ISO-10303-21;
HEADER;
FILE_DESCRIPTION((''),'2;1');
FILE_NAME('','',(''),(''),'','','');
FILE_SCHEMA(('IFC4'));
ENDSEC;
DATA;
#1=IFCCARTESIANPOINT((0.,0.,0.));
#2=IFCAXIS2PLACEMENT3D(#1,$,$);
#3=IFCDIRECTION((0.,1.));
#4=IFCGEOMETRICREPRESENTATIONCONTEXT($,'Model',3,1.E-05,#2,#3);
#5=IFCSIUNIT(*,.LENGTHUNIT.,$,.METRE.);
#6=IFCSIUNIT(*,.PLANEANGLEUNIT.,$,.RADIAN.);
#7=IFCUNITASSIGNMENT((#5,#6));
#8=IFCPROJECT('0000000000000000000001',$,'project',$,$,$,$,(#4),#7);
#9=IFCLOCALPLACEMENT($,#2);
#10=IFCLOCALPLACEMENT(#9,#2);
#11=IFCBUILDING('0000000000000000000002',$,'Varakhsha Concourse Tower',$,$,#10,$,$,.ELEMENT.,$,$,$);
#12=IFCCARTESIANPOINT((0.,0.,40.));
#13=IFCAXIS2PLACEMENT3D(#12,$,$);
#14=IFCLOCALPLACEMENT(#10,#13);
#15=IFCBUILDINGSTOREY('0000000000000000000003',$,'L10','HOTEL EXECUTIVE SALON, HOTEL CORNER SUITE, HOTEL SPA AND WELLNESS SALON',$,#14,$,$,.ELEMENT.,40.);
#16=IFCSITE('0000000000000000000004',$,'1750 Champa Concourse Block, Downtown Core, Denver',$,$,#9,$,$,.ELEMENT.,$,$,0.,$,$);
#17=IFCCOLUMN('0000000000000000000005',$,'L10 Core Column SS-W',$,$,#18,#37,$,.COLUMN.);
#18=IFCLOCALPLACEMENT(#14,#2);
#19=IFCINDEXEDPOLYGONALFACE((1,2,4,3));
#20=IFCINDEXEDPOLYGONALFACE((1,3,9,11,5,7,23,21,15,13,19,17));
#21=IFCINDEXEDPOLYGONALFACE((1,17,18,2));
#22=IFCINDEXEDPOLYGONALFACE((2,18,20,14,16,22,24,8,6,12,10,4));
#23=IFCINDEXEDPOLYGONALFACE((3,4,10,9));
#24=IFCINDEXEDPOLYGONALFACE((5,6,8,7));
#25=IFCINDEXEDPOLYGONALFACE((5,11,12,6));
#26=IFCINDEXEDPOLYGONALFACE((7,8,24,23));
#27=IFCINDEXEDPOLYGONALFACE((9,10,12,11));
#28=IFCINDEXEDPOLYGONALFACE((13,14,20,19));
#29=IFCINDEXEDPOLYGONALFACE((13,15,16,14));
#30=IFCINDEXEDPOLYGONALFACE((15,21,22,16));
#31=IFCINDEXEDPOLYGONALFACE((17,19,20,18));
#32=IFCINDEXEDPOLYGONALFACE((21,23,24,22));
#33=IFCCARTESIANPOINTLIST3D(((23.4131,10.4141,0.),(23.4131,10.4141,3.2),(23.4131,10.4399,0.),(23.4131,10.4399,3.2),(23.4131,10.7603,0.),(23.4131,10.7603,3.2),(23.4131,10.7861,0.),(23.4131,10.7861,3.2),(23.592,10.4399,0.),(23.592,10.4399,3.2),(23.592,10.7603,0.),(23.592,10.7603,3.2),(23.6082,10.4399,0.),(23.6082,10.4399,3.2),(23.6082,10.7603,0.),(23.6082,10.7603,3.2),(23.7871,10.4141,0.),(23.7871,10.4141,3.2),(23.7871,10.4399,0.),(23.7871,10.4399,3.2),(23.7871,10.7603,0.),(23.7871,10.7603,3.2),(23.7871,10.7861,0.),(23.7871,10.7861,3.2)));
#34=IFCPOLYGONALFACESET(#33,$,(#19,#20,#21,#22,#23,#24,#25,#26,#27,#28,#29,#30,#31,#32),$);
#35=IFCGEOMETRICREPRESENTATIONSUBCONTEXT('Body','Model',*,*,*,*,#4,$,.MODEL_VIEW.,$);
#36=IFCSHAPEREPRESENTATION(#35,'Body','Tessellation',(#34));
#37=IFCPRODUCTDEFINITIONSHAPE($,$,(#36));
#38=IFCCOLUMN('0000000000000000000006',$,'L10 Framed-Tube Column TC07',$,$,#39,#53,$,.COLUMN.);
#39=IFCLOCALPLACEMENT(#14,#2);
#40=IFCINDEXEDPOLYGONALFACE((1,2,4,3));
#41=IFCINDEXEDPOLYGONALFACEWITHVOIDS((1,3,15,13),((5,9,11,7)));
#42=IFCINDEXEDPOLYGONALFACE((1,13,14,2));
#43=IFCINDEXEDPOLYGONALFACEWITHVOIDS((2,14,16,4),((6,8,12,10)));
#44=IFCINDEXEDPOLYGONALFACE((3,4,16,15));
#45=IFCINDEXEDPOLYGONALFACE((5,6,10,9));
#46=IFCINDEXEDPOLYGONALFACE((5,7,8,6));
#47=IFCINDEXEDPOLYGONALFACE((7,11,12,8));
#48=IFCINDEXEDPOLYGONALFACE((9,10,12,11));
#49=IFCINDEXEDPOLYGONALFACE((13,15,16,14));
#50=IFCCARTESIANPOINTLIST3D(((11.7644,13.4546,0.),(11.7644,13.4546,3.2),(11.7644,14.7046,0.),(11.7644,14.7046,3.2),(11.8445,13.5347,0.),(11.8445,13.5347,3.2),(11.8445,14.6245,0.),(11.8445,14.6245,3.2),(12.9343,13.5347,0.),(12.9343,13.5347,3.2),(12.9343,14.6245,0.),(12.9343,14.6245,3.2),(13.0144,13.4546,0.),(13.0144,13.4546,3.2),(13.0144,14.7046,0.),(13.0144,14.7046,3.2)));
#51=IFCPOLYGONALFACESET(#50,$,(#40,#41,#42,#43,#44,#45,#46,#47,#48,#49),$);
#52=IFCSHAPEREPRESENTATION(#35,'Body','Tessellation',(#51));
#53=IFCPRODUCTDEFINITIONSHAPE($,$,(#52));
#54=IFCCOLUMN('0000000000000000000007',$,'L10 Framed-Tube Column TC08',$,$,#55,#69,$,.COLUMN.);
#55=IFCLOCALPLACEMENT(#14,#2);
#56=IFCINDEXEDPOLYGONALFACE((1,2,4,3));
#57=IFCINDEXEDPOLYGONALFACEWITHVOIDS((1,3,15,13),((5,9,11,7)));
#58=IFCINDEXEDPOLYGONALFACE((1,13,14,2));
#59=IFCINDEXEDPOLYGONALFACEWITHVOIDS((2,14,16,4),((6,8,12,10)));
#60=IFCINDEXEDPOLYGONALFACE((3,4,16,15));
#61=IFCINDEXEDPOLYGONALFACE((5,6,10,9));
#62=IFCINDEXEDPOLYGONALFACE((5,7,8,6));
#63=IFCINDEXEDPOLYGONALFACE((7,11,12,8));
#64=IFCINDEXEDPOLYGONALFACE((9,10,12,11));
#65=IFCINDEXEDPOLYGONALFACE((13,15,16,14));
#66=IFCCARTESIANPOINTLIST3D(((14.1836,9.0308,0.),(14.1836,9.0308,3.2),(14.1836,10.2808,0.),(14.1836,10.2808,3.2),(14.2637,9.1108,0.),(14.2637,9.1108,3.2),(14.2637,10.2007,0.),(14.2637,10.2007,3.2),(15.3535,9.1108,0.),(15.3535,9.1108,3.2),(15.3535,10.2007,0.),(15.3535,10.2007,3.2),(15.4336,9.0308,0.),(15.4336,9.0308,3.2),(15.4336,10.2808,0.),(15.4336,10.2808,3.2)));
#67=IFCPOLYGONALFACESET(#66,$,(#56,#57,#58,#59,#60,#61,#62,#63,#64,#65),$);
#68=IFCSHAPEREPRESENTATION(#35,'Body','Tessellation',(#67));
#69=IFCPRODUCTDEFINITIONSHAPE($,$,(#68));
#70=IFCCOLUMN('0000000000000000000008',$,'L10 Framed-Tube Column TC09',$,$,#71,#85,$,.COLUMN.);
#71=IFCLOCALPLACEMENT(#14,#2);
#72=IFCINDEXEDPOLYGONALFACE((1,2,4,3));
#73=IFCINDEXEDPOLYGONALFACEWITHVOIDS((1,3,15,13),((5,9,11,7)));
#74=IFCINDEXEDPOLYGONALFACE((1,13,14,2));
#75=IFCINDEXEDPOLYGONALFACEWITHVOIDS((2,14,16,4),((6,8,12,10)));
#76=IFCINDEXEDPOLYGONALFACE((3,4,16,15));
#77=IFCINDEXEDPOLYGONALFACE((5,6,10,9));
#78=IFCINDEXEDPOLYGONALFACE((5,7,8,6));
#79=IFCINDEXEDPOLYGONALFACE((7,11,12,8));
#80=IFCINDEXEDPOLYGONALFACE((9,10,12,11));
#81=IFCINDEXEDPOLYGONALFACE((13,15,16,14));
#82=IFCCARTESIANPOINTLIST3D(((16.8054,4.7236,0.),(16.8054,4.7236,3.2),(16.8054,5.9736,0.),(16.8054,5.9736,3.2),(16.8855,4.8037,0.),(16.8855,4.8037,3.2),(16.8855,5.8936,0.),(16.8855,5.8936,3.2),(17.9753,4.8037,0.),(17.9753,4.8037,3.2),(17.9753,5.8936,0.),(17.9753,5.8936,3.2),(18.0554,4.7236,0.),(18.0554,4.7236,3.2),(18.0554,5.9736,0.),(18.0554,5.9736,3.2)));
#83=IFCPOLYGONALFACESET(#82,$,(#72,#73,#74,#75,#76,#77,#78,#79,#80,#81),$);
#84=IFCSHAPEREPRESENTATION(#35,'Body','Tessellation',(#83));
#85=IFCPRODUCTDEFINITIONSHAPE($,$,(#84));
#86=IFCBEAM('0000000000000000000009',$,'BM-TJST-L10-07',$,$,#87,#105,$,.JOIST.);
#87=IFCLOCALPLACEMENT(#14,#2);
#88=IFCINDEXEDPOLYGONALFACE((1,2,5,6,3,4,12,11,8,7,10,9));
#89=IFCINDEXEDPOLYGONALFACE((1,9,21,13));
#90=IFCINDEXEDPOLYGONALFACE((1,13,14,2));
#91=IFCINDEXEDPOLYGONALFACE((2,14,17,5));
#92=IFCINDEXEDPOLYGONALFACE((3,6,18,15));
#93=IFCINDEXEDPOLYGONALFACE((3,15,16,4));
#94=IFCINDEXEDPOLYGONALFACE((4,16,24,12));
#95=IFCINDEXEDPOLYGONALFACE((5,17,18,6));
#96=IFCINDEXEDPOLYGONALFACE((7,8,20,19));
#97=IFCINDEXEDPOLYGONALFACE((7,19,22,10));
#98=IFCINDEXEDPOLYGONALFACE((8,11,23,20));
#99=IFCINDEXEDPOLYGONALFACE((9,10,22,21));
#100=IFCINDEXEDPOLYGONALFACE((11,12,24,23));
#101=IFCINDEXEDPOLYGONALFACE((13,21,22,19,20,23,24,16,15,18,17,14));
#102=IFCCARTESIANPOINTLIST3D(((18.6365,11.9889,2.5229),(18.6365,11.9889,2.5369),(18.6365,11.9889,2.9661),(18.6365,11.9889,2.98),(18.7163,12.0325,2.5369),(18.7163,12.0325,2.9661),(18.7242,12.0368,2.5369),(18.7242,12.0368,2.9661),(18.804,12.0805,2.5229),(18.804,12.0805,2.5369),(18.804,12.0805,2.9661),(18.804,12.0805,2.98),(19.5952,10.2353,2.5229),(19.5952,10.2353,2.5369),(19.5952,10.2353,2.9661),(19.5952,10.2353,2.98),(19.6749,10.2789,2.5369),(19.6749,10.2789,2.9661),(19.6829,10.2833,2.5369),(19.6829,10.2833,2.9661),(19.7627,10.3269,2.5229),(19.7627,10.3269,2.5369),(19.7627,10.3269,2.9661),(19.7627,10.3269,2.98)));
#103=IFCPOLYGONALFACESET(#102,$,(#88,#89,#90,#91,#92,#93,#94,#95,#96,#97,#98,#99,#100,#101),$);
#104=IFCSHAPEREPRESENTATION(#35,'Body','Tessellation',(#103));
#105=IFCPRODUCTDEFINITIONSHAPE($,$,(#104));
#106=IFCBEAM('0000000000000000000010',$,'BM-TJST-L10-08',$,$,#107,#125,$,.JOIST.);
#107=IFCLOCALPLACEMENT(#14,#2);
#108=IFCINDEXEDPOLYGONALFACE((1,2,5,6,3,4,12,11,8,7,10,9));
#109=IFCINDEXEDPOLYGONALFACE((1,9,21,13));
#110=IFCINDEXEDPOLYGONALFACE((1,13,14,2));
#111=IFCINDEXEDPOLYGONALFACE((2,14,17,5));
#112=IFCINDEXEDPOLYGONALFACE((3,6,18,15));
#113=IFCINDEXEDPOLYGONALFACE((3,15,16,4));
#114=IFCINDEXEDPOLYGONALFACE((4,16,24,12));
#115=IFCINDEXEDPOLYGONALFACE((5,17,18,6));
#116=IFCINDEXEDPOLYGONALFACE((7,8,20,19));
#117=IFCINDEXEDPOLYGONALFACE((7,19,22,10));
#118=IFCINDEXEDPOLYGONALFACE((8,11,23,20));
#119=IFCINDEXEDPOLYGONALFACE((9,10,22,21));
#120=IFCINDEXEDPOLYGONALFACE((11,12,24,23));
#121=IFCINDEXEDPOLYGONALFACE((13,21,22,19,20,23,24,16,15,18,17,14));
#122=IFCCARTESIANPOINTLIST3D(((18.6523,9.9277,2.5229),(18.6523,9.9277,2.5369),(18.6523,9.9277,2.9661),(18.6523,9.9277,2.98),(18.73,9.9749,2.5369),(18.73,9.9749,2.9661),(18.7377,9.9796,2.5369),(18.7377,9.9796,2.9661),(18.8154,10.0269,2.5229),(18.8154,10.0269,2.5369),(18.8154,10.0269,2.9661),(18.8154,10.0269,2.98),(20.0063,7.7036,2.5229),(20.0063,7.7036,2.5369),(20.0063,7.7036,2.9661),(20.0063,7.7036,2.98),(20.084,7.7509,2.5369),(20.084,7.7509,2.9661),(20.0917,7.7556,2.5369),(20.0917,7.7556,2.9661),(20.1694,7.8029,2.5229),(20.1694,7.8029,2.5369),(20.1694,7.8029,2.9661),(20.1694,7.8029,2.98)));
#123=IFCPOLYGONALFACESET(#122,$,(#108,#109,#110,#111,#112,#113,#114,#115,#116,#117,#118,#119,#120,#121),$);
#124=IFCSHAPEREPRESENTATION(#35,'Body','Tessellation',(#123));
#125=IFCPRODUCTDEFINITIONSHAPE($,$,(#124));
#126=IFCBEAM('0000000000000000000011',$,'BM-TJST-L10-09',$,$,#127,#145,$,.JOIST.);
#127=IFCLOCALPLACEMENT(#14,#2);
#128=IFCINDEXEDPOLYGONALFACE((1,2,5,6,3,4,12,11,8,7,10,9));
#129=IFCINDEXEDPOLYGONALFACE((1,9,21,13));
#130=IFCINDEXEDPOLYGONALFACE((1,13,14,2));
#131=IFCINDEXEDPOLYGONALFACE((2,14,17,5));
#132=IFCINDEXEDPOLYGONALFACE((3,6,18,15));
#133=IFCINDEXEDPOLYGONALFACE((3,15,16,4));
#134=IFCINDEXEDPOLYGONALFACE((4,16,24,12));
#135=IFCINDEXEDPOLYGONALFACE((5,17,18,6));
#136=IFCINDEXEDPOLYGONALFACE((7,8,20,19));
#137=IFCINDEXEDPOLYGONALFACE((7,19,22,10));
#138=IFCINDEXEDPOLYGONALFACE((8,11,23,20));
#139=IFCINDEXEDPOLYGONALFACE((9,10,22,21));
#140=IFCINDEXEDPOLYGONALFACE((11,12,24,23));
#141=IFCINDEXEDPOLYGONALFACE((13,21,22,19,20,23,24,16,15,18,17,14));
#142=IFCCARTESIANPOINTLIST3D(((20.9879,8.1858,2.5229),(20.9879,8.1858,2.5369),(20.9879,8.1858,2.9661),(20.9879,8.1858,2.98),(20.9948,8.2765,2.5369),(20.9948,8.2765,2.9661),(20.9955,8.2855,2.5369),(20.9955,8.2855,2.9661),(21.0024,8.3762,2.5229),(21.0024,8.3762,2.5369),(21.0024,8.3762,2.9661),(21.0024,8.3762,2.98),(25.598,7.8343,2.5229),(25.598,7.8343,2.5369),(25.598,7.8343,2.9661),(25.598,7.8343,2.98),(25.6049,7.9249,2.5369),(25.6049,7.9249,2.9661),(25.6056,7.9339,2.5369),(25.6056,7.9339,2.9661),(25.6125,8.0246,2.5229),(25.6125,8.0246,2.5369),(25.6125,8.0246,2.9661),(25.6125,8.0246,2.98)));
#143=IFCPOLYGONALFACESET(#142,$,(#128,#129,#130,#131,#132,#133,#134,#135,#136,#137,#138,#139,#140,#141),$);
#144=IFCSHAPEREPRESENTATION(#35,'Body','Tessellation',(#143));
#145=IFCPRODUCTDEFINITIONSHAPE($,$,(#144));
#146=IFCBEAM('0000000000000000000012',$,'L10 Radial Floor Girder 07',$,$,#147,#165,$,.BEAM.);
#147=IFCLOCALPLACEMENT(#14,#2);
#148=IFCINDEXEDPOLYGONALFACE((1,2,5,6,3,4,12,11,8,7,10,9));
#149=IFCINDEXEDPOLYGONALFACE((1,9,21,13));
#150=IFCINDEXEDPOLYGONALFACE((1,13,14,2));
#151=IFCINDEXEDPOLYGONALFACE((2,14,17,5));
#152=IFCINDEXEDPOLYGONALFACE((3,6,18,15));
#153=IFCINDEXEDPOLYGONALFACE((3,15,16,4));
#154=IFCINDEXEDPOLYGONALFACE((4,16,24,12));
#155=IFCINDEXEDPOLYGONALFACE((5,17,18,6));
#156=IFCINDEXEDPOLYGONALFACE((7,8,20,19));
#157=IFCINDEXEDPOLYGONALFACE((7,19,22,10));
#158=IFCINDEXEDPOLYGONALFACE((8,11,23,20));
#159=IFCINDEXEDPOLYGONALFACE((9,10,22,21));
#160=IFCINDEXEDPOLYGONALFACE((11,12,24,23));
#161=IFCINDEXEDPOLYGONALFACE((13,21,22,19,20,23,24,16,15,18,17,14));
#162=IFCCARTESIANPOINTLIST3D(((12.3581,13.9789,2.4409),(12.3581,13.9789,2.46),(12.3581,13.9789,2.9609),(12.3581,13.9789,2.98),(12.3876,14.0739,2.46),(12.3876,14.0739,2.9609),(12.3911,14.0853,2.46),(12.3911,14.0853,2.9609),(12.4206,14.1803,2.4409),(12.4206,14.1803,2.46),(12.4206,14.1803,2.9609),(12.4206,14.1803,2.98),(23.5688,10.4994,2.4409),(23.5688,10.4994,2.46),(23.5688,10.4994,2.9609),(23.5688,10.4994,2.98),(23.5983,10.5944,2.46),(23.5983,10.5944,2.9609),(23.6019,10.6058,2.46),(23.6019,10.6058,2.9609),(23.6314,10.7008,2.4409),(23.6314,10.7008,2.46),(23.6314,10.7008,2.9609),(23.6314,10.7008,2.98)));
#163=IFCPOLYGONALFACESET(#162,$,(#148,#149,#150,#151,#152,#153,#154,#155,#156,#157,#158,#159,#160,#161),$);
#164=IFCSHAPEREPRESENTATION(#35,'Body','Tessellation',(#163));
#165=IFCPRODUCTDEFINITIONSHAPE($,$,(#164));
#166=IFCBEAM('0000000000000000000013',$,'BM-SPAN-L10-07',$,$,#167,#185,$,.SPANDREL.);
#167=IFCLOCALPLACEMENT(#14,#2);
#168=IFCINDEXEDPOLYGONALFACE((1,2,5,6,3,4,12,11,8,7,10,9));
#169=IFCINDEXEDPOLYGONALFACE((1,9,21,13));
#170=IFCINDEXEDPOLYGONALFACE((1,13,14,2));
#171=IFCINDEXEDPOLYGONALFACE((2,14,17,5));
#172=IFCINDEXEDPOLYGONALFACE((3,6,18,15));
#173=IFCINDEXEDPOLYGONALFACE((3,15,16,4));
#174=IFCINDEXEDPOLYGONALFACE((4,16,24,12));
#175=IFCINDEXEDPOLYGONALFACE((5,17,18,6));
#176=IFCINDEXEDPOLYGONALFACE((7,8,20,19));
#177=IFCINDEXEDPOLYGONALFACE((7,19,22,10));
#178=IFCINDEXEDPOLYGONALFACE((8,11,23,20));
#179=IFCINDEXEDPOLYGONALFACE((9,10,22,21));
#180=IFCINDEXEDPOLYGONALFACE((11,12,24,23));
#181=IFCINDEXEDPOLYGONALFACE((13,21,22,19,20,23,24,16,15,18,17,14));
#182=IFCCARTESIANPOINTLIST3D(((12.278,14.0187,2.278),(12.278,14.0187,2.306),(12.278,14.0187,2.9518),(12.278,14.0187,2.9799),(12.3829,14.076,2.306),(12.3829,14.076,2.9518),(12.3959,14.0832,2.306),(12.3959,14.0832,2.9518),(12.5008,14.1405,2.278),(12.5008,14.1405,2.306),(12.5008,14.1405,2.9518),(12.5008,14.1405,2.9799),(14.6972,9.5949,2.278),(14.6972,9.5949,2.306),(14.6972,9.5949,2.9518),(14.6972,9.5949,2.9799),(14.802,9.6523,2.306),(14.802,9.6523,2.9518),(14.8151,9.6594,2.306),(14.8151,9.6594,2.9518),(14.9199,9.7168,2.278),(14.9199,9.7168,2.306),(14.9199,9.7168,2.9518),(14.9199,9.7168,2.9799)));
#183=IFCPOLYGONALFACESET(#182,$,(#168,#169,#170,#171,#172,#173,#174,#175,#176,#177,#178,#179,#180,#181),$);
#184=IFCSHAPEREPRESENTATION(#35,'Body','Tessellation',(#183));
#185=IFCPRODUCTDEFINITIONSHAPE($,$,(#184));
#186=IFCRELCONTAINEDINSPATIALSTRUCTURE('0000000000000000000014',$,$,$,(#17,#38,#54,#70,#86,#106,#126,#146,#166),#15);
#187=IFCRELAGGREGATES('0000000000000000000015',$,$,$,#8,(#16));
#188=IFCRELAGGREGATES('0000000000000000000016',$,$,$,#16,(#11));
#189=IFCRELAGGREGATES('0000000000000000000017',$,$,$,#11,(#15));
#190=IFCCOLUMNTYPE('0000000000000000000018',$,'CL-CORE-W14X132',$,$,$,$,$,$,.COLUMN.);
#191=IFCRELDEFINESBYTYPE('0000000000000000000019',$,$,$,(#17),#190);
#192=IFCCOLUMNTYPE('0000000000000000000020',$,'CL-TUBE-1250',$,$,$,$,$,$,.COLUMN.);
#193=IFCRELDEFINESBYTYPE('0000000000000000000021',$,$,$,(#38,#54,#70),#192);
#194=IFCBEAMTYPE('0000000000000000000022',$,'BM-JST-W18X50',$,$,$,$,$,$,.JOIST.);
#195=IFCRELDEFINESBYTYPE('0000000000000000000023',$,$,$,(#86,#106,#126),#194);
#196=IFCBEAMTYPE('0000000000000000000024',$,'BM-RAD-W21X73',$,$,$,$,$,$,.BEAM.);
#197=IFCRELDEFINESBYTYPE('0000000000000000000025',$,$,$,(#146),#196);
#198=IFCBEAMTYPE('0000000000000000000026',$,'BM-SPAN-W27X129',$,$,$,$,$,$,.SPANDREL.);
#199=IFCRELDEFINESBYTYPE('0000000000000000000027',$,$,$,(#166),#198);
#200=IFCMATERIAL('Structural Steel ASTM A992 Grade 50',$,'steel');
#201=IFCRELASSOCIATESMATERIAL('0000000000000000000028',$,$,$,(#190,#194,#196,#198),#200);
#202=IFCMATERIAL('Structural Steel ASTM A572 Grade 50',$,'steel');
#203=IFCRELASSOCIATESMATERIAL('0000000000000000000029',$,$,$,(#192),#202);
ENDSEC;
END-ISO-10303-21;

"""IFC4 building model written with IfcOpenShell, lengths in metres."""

from ifc_helpers import new_model, si_unit, direction, frame, origin, origin_2d, place, context, subcontext, project, spatial, hollow_rectangle, i_section, extrude, material, material_profile, profile_set, type_object, element, save


model = new_model("IFC4")

# Units and contexts
model_context = context("Model", 3, precision=1e-05, world=origin(), true_north=direction((0.0, 1.0)))
body_context = subcontext(model_context, "Body", "Model", "MODEL_VIEW")
ifc_project = project(units=[si_unit("LENGTHUNIT", "METRE"), si_unit("PLANEANGLEUNIT", "RADIAN")], contexts=[model_context])

# Site, building, storey
site_placement = place(None, origin())
site = spatial("IfcSite", under=ifc_project, at=site_placement, Name="1750 Champa Concourse Block, Downtown Core, Denver", CompositionType="ELEMENT", RefElevation=0.0)
building_placement = place(site_placement, origin())
building = spatial("IfcBuilding", under=site, at=building_placement, Name="Varakhsha Concourse Tower", CompositionType="ELEMENT")
storey_placement = place(building_placement, frame((0.0, 0.0, 40.0)))
storey = spatial("IfcBuildingStorey", under=building, at=storey_placement, Name="L10", Description="HOTEL EXECUTIVE SALON, HOTEL CORNER SUITE, HOTEL SPA AND WELLNESS SALON", CompositionType="ELEMENT", Elevation=40.0)

# Columns
ifc_material_1 = material(Name="Structural Steel ASTM A992 Grade 50", Category="steel")
ifc_material_profile_1 = material_profile(ifc_material_1, i_section(OverallWidth=0.374, OverallDepth=0.3721, WebThickness=0.0161, FlangeThickness=0.0259, at=origin_2d()), Name="W14X132")
ifc_profile_set_1 = profile_set([ifc_material_profile_1], Name="Structural Steel ASTM A992 Grade 50")
column_type_1 = type_object("IfcColumnType", Name="CL-CORE-W14X132", PredefinedType="COLUMN", material=ifc_profile_set_1)
column_placement = place(storey_placement, frame((23.6001, 10.6001, 0.0), z_axis=(0.0, 0.0, 1.0), x_axis=(1.0, 0.0, 0.0)))
element("IfcColumn", 1, at=column_placement, inside=storey, type_object=column_type_1, Name="L10 Core Column SS-W", PredefinedType="COLUMN", context=body_context, shape_type="SweptSolid", body=[
    extrude(i_section(OverallWidth=0.374, OverallDepth=0.3721, WebThickness=0.0161, FlangeThickness=0.0259, at=origin_2d()), origin(), (0.0, 0.0, 1.0), 3.2),
])
ifc_material_2 = material(Name="Structural Steel ASTM A572 Grade 50", Category="steel")
ifc_material_profile_2 = material_profile(ifc_material_2, hollow_rectangle(XDim=1.25, YDim=1.25, WallThickness=0.0801, at=origin_2d()), Name="BOX 1250x1250x80")
ifc_profile_set_2 = profile_set([ifc_material_profile_2], Name="Structural Steel ASTM A572 Grade 50")
column_type_2 = type_object("IfcColumnType", Name="CL-TUBE-1250", PredefinedType="COLUMN", material=ifc_profile_set_2)
for number, where, z_axis, x_axis, name in (
    (2, (12.3894, 14.0796, 0.0), (0.0, 0.0, 1.0), (1.0, 0.0, 0.0), "L10 Framed-Tube Column TC07"),
    (3, (14.8086, 9.6558, 0.0), (0.0, 0.0, 1.0), (1.0, 0.0, 0.0), "L10 Framed-Tube Column TC08"),
    (4, (17.4304, 5.3486, 0.0), (0.0, 0.0, 1.0), (1.0, 0.0, 0.0), "L10 Framed-Tube Column TC09"),
):
    element("IfcColumn", number, at=place(storey_placement, frame(where, z_axis=z_axis, x_axis=x_axis)), inside=storey, type_object=column_type_2, Name=name, PredefinedType="COLUMN", context=body_context, shape_type="SweptSolid", body=[
        extrude(hollow_rectangle(XDim=1.25, YDim=1.25, WallThickness=0.0801, at=origin_2d()), origin(), (0.0, 0.0, 1.0), 3.2),
    ])

# Beams
ifc_material_profile_3 = material_profile(ifc_material_1, i_section(OverallWidth=0.1909, OverallDepth=0.457, WebThickness=0.009, FlangeThickness=0.0139, at=origin_2d()), Name="W18X50")
ifc_profile_set_3 = profile_set([ifc_material_profile_3], Name="Structural Steel ASTM A992 Grade 50")
beam_type_1 = type_object("IfcBeamType", Name="BM-JST-W18X50", PredefinedType="JOIST", material=ifc_profile_set_3)
beam_1_placement = place(storey_placement, frame((18.7202, 12.0347, 2.7515), z_axis=(0.479699, -0.877433, 0.0), x_axis=(0.877433, 0.479699, 0.0)))
element("IfcBeam", 5, at=beam_1_placement, inside=storey, type_object=beam_type_1, Name="BM-TJST-L10-07", PredefinedType="JOIST", context=body_context, shape_type="SweptSolid", body=[
    extrude(i_section(OverallWidth=0.1909, OverallDepth=0.457, WebThickness=0.009, FlangeThickness=0.0139, at=origin_2d()), origin(), (0.0, 0.0, 1.0), 1.9985),
])
beam_2_placement = place(storey_placement, frame((18.7339, 9.9773, 2.7515), z_axis=(0.52, -0.854166, 0.0), x_axis=(0.854166, 0.52, 0.0)))
element("IfcBeam", 6, at=beam_2_placement, inside=storey, type_object=beam_type_1, Name="BM-TJST-L10-08", PredefinedType="JOIST", context=body_context, shape_type="SweptSolid", body=[
    extrude(i_section(OverallWidth=0.1909, OverallDepth=0.457, WebThickness=0.009, FlangeThickness=0.0139, at=origin_2d()), origin(), (0.0, 0.0, 1.0), 2.6038),
])
beam_3_placement = place(storey_placement, frame((20.9951, 8.281, 2.7515), z_axis=(0.997105, -0.076038, 0.0), x_axis=(0.076038, 0.997105, 0.0)))
element("IfcBeam", 7, at=beam_3_placement, inside=storey, type_object=beam_type_1, Name="BM-TJST-L10-09", PredefinedType="JOIST", context=body_context, shape_type="SweptSolid", body=[
    extrude(i_section(OverallWidth=0.1909, OverallDepth=0.457, WebThickness=0.009, FlangeThickness=0.0139, at=origin_2d()), origin(), (0.0, 0.0, 1.0), 4.6235),
])
ifc_material_profile_4 = material_profile(ifc_material_1, i_section(OverallWidth=0.2109, OverallDepth=0.5391, WebThickness=0.012, FlangeThickness=0.019, at=origin_2d()), Name="W21X73")
ifc_profile_set_4 = profile_set([ifc_material_profile_4], Name="Structural Steel ASTM A992 Grade 50")
beam_type_2 = type_object("IfcBeamType", Name="BM-RAD-W21X73", PredefinedType="BEAM", material=ifc_profile_set_4)
beam_4_placement = place(storey_placement, frame((23.6001, 10.6001, 2.7104), z_axis=(-0.955057, 0.296423, 0.0), x_axis=(-0.296423, -0.955057, 0.0)))
element("IfcBeam", 8, at=beam_4_placement, inside=storey, type_object=beam_type_2, Name="L10 Radial Floor Girder 07", PredefinedType="BEAM", context=body_context, shape_type="SweptSolid", body=[
    extrude(i_section(OverallWidth=0.2109, OverallDepth=0.5391, WebThickness=0.012, FlangeThickness=0.019, at=origin_2d()), origin(), (0.0, 0.0, 1.0), 11.7383),
])
ifc_material_profile_5 = material_profile(ifc_material_1, i_section(OverallWidth=0.2539, OverallDepth=0.7019, WebThickness=0.0149, FlangeThickness=0.0281, at=origin_2d()), Name="W27X129")
ifc_profile_set_5 = profile_set([ifc_material_profile_5], Name="Structural Steel ASTM A992 Grade 50")
beam_type_3 = type_object("IfcBeamType", Name="BM-SPAN-W27X129", PredefinedType="SPANDREL", material=ifc_profile_set_5)
beam_5_placement = place(storey_placement, frame((12.3894, 14.0796, 2.6289), z_axis=(0.479798, -0.877379, 0.0), x_axis=(0.877379, 0.479798, 0.0)))
element("IfcBeam", 9, at=beam_5_placement, inside=storey, type_object=beam_type_3, Name="BM-SPAN-L10-07", PredefinedType="SPANDREL", context=body_context, shape_type="SweptSolid", body=[
    extrude(i_section(OverallWidth=0.2539, OverallDepth=0.7019, WebThickness=0.0149, FlangeThickness=0.0281, at=origin_2d()), origin(), (0.0, 0.0, 1.0), 5.042),
])

save(model, "model.ifc")
